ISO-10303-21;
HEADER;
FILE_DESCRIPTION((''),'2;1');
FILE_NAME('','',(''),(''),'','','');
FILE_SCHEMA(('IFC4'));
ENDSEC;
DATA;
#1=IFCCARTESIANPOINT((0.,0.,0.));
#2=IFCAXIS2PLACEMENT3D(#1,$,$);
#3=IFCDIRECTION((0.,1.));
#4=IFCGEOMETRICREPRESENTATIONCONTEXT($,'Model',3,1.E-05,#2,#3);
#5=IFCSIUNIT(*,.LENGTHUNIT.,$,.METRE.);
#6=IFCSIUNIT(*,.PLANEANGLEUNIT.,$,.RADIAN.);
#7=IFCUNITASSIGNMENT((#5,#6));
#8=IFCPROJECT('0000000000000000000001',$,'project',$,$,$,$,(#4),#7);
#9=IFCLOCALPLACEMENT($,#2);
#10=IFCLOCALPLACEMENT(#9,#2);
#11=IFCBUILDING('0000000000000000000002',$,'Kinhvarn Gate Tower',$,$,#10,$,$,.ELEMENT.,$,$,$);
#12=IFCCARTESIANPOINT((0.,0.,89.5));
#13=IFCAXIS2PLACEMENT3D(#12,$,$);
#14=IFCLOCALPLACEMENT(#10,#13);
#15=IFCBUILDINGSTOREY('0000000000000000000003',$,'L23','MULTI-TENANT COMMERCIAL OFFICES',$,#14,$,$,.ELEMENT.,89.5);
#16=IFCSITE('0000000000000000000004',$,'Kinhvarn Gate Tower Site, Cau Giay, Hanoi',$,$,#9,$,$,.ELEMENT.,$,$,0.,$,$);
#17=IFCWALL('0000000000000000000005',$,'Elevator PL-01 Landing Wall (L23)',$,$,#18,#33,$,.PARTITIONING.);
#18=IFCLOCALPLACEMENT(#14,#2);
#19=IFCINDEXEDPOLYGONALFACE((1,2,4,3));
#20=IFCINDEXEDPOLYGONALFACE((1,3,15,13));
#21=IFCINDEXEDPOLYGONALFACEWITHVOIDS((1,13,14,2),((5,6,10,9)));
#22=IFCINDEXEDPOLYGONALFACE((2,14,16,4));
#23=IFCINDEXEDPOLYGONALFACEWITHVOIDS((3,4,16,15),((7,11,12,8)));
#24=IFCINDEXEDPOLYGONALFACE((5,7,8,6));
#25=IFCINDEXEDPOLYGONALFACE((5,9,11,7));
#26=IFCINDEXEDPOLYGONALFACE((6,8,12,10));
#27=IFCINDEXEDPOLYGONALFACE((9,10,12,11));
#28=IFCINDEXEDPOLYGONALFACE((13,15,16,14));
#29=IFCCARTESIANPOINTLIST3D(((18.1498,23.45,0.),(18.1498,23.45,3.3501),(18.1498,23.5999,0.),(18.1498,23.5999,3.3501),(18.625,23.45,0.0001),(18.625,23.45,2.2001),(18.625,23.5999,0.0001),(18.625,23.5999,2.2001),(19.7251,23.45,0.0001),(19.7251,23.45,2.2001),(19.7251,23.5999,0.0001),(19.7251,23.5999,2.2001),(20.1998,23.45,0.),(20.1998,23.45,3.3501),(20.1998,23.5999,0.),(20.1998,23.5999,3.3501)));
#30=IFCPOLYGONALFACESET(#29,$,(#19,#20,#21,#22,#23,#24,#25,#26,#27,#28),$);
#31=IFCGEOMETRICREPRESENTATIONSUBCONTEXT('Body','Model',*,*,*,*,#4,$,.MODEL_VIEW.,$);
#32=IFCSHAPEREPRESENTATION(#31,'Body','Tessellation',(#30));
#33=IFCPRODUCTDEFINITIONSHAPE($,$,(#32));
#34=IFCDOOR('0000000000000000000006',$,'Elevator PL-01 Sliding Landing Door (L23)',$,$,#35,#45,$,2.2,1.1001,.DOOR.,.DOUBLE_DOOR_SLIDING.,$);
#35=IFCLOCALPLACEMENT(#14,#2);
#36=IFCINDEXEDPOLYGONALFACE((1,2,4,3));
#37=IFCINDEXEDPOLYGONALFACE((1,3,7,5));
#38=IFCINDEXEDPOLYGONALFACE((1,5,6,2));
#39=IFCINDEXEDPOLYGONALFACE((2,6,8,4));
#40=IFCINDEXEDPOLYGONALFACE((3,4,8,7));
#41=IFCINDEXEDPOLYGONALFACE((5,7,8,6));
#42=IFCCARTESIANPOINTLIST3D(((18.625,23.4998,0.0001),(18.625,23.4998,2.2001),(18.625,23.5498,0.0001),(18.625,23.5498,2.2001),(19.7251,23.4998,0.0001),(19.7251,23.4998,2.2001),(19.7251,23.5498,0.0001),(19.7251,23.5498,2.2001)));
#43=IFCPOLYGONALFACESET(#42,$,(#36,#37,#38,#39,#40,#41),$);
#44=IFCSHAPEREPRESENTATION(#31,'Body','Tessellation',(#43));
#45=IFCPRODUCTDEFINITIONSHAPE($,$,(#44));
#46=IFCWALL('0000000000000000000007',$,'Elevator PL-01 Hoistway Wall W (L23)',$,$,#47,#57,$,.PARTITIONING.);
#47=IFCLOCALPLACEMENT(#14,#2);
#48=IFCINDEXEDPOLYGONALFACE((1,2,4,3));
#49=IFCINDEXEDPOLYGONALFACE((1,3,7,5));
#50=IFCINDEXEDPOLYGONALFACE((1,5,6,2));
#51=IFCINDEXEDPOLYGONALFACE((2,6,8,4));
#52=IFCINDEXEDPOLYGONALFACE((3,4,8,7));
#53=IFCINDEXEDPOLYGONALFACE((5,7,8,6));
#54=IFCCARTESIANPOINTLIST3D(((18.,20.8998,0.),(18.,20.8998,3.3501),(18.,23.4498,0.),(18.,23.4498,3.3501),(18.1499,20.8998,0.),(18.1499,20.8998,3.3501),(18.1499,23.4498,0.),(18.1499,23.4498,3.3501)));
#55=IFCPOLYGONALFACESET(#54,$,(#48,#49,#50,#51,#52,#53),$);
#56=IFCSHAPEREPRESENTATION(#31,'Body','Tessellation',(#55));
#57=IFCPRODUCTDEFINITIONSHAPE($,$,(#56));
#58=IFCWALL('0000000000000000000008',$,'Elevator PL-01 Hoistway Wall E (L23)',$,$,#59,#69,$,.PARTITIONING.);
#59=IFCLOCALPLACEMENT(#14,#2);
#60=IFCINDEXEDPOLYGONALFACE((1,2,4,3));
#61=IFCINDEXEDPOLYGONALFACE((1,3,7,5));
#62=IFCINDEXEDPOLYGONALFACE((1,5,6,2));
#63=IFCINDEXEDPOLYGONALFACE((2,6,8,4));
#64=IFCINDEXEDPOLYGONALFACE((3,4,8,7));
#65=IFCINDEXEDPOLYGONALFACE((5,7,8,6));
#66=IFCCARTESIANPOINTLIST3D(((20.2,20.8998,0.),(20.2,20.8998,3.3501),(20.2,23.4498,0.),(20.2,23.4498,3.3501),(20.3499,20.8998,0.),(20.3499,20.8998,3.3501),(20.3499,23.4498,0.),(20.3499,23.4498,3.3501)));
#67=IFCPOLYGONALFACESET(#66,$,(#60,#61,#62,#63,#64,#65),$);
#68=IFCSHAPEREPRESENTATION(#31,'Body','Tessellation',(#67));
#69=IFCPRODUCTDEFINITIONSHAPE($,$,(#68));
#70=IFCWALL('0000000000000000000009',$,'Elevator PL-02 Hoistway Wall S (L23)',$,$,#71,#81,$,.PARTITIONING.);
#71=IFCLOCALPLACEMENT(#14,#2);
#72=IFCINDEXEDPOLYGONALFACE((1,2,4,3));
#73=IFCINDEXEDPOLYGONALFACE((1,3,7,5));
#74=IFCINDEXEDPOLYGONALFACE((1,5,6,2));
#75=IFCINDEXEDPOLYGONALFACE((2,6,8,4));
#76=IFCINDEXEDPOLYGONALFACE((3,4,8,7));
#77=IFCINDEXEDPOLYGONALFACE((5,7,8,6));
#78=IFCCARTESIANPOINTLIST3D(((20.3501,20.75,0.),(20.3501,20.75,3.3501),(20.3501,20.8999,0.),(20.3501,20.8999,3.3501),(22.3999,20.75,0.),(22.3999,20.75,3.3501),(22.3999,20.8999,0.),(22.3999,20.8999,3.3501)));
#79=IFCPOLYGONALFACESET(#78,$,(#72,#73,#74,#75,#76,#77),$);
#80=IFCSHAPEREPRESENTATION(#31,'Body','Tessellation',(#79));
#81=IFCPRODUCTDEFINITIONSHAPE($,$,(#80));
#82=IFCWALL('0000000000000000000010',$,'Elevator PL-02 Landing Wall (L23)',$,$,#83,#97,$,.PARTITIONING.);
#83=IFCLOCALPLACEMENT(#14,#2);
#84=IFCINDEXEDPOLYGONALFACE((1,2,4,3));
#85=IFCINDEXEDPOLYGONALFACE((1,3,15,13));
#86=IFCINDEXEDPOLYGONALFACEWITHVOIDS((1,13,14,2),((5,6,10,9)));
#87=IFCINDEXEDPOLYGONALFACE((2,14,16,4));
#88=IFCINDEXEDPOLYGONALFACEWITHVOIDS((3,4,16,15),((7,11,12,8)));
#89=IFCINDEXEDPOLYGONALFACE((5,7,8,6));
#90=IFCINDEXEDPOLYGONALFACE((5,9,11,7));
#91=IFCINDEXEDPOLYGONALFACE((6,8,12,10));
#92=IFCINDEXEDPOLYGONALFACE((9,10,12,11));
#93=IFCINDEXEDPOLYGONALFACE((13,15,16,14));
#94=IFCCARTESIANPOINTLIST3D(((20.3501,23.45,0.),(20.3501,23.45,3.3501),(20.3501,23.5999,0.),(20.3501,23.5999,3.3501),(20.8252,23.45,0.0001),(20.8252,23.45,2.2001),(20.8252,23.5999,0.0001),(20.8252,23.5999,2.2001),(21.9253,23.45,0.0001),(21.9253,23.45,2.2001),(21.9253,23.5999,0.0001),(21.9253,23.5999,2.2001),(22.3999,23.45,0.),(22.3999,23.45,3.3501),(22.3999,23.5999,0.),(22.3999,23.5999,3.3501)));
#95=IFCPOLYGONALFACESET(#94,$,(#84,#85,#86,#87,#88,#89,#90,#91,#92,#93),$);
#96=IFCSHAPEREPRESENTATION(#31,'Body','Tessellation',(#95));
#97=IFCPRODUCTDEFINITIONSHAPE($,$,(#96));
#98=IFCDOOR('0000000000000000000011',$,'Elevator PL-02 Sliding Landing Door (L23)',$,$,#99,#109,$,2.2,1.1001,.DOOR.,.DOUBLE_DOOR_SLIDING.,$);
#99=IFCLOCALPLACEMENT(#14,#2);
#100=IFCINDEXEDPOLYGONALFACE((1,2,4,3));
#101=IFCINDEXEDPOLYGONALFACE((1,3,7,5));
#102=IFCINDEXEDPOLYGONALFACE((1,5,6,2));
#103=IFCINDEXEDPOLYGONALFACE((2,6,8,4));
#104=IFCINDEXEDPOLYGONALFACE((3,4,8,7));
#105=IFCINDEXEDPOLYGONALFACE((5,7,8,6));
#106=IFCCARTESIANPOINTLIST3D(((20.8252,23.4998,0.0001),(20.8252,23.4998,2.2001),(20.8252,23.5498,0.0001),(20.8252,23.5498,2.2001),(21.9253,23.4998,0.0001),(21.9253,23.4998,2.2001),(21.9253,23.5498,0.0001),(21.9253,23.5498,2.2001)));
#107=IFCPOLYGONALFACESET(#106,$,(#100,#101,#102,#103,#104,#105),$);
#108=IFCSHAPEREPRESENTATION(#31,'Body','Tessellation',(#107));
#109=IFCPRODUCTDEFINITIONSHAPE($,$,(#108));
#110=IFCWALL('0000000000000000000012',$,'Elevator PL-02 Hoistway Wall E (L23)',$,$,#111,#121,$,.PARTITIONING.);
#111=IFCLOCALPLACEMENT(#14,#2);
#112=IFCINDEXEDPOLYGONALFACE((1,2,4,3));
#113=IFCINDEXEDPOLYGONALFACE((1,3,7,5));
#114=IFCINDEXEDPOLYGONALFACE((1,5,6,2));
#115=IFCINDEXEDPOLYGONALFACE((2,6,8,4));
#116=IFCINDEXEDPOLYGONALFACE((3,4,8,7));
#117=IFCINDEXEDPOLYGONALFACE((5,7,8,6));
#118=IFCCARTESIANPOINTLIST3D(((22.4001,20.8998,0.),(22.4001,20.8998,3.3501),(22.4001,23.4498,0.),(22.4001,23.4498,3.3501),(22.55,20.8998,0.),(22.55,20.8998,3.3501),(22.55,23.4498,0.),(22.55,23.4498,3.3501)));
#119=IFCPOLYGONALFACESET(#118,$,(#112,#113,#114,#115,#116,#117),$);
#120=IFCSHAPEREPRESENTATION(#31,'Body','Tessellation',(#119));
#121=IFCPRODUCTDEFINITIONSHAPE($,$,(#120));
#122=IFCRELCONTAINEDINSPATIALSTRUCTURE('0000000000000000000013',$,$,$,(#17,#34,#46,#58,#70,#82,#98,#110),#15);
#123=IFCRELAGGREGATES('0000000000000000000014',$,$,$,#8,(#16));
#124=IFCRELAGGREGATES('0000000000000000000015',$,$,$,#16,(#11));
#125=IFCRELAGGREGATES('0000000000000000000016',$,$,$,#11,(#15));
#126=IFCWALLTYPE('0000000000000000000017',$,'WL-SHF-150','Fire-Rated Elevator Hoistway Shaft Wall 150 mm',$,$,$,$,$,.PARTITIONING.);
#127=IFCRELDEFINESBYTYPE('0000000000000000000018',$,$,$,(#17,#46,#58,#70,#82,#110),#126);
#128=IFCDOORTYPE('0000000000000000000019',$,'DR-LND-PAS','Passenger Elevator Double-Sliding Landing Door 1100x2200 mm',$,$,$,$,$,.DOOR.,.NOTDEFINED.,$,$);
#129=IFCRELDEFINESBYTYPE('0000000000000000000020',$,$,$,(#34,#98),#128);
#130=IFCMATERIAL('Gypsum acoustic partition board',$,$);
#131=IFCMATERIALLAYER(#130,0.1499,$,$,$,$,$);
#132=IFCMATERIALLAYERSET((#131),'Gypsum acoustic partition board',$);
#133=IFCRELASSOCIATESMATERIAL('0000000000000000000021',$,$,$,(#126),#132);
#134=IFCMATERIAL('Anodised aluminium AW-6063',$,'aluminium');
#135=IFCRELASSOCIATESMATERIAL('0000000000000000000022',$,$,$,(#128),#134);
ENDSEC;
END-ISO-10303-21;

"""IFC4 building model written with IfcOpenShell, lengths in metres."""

from ifc_helpers import new_model, si_unit, direction, frame, frame_2d, origin, place, context, subcontext, project, spatial, rectangle, extrude, material, layer, layer_set, type_object, element, fill, save


model = new_model("IFC4")

# Units and contexts
model_context = context("Model", 3, precision=1e-05, world=origin(), true_north=direction((0.0, 1.0)))
body_context = subcontext(model_context, "Body", "Model", "MODEL_VIEW")
ifc_project = project(units=[si_unit("LENGTHUNIT", "METRE"), si_unit("PLANEANGLEUNIT", "RADIAN")], contexts=[model_context])

# Site, building, storey
site_placement = place(None, origin())
site = spatial("IfcSite", under=ifc_project, at=site_placement, Name="Kinhvarn Gate Tower Site, Cau Giay, Hanoi", CompositionType="ELEMENT", RefElevation=0.0)
building_placement = place(site_placement, origin())
building = spatial("IfcBuilding", under=site, at=building_placement, Name="Kinhvarn Gate Tower", CompositionType="ELEMENT")
storey_placement = place(building_placement, frame((0.0, 0.0, 89.5)))
storey = spatial("IfcBuildingStorey", under=building, at=storey_placement, Name="L23", Description="MULTI-TENANT COMMERCIAL OFFICES", CompositionType="ELEMENT", Elevation=89.5)

# Shared definitions
ifc_material_1 = material(Name="Gypsum acoustic partition board")
ifc_layer = layer(ifc_material_1, 0.1499)
ifc_layer_set = layer_set([ifc_layer], Name="Gypsum acoustic partition board")
wall_type = type_object("IfcWallType", Name="WL-SHF-150", Description="Fire-Rated Elevator Hoistway Shaft Wall 150 mm", PredefinedType="PARTITIONING", material=ifc_layer_set)

# Wall, opening, door
wall_1_placement = place(storey_placement, frame((18.1499, 23.5249, 0.0), z_axis=(0.0, 0.0, 1.0), x_axis=(1.0, 0.0, 0.0)))
wall_1 = element("IfcWall", 1, at=wall_1_placement, inside=storey, type_object=wall_type, Name="Elevator PL-01 Landing Wall (L23)", PredefinedType="PARTITIONING", context=body_context, shape_type="SweptSolid", body=[
    extrude(rectangle(XDim=2.05, YDim=0.1499, at=frame_2d((1.0249, 0.0))), origin(), (0.0, 0.0, 1.0), 3.3501),
])
opening_1_placement = place(wall_1_placement, frame((0.4751, 0.0, 0.0)))
opening_1 = element("IfcOpeningElement", 2, at=opening_1_placement, cuts=wall_1, PredefinedType="OPENING", context=body_context, shape_type="SweptSolid", body=[
    extrude(rectangle(XDim=1.1001, YDim=2.2, at=frame_2d((0.55, 1.1001))), frame((0.0, 0.085, 0.0), z_axis=(0.0, -1.0, 0.0), x_axis=(1.0, 0.0, 0.0)), (0.0, 0.0, 1.0), 0.1699),
])
ifc_material_2 = material(Name="Anodised aluminium AW-6063", Category="aluminium")
door_type = type_object("IfcDoorType", Name="DR-LND-PAS", Description="Passenger Elevator Double-Sliding Landing Door 1100x2200 mm", OperationType="NOTDEFINED", PredefinedType="DOOR", material=ifc_material_2)
door_1_placement = place(opening_1_placement, origin())
door_1 = element("IfcDoor", 3, at=door_1_placement, inside=storey, type_object=door_type, Name="Elevator PL-01 Sliding Landing Door (L23)", OperationType="DOUBLE_DOOR_SLIDING", OverallHeight=2.2, OverallWidth=1.1001, PredefinedType="DOOR", context=body_context, shape_type="SweptSolid", body=[
    extrude(rectangle(XDim=1.1001, YDim=2.2, at=frame_2d((0.55, 1.1001))), frame((0.0, 0.0249, 0.0), z_axis=(0.0, -1.0, 0.0), x_axis=(1.0, 0.0, 0.0)), (0.0, 0.0, 1.0), 0.05),
])
fill(opening_1, door_1)

# Walls
for number, where, z_axis, x_axis, name in (
    (4, (18.075, 20.8999, 0.0), (0.0, 0.0, 1.0), (0.0, 1.0, 0.0), "Elevator PL-01 Hoistway Wall W (L23)"),
    (5, (20.2749, 20.8999, 0.0), (0.0, 0.0, 1.0), (0.0, 1.0, 0.0), "Elevator PL-01 Hoistway Wall E (L23)"),
):
    element("IfcWall", number, at=place(storey_placement, frame(where, z_axis=z_axis, x_axis=x_axis)), inside=storey, type_object=wall_type, Name=name, PredefinedType="PARTITIONING", context=body_context, shape_type="SweptSolid", body=[
        extrude(rectangle(XDim=2.55, YDim=0.1499, at=frame_2d((1.2749, 0.0))), origin(), (0.0, 0.0, 1.0), 3.3501),
    ])
wall_2_placement = place(storey_placement, frame((20.3501, 20.825, 0.0), z_axis=(0.0, 0.0, 1.0), x_axis=(1.0, 0.0, 0.0)))
element("IfcWall", 6, at=wall_2_placement, inside=storey, type_object=wall_type, Name="Elevator PL-02 Hoistway Wall S (L23)", PredefinedType="PARTITIONING", context=body_context, shape_type="SweptSolid", body=[
    extrude(rectangle(XDim=2.0498, YDim=0.1499, at=frame_2d((1.0249, 0.0))), origin(), (0.0, 0.0, 1.0), 3.3501),
])

# Wall, opening, door
wall_3_placement = place(storey_placement, frame((20.3501, 23.5249, 0.0), z_axis=(0.0, 0.0, 1.0), x_axis=(1.0, 0.0, 0.0)))
wall_3 = element("IfcWall", 7, at=wall_3_placement, inside=storey, type_object=wall_type, Name="Elevator PL-02 Landing Wall (L23)", PredefinedType="PARTITIONING", context=body_context, shape_type="SweptSolid", body=[
    extrude(rectangle(XDim=2.0498, YDim=0.1499, at=frame_2d((1.0249, 0.0))), origin(), (0.0, 0.0, 1.0), 3.3501),
])
opening_2_placement = place(wall_3_placement, frame((0.4751, 0.0, 0.0)))
opening_2 = element("IfcOpeningElement", 8, at=opening_2_placement, cuts=wall_3, PredefinedType="OPENING", context=body_context, shape_type="SweptSolid", body=[
    extrude(rectangle(XDim=1.1001, YDim=2.2, at=frame_2d((0.55, 1.1001))), frame((0.0, 0.085, 0.0), z_axis=(0.0, -1.0, 0.0), x_axis=(1.0, 0.0, 0.0)), (0.0, 0.0, 1.0), 0.1699),
])
door_2_placement = place(opening_2_placement, origin())
door_2 = element("IfcDoor", 9, at=door_2_placement, inside=storey, type_object=door_type, Name="Elevator PL-02 Sliding Landing Door (L23)", OperationType="DOUBLE_DOOR_SLIDING", OverallHeight=2.2, OverallWidth=1.1001, PredefinedType="DOOR", context=body_context, shape_type="SweptSolid", body=[
    extrude(rectangle(XDim=1.1001, YDim=2.2, at=frame_2d((0.55, 1.1001))), frame((0.0, 0.0249, 0.0), z_axis=(0.0, -1.0, 0.0), x_axis=(1.0, 0.0, 0.0)), (0.0, 0.0, 1.0), 0.05),
])
fill(opening_2, door_2)

# Wall
wall_4_placement = place(storey_placement, frame((22.4751, 20.8999, 0.0), z_axis=(0.0, 0.0, 1.0), x_axis=(0.0, 1.0, 0.0)))
element("IfcWall", 10, at=wall_4_placement, inside=storey, type_object=wall_type, Name="Elevator PL-02 Hoistway Wall E (L23)", PredefinedType="PARTITIONING", context=body_context, shape_type="SweptSolid", body=[
    extrude(rectangle(XDim=2.55, YDim=0.1499, at=frame_2d((1.2749, 0.0))), origin(), (0.0, 0.0, 1.0), 3.3501),
])

save(model, "model.ifc")
